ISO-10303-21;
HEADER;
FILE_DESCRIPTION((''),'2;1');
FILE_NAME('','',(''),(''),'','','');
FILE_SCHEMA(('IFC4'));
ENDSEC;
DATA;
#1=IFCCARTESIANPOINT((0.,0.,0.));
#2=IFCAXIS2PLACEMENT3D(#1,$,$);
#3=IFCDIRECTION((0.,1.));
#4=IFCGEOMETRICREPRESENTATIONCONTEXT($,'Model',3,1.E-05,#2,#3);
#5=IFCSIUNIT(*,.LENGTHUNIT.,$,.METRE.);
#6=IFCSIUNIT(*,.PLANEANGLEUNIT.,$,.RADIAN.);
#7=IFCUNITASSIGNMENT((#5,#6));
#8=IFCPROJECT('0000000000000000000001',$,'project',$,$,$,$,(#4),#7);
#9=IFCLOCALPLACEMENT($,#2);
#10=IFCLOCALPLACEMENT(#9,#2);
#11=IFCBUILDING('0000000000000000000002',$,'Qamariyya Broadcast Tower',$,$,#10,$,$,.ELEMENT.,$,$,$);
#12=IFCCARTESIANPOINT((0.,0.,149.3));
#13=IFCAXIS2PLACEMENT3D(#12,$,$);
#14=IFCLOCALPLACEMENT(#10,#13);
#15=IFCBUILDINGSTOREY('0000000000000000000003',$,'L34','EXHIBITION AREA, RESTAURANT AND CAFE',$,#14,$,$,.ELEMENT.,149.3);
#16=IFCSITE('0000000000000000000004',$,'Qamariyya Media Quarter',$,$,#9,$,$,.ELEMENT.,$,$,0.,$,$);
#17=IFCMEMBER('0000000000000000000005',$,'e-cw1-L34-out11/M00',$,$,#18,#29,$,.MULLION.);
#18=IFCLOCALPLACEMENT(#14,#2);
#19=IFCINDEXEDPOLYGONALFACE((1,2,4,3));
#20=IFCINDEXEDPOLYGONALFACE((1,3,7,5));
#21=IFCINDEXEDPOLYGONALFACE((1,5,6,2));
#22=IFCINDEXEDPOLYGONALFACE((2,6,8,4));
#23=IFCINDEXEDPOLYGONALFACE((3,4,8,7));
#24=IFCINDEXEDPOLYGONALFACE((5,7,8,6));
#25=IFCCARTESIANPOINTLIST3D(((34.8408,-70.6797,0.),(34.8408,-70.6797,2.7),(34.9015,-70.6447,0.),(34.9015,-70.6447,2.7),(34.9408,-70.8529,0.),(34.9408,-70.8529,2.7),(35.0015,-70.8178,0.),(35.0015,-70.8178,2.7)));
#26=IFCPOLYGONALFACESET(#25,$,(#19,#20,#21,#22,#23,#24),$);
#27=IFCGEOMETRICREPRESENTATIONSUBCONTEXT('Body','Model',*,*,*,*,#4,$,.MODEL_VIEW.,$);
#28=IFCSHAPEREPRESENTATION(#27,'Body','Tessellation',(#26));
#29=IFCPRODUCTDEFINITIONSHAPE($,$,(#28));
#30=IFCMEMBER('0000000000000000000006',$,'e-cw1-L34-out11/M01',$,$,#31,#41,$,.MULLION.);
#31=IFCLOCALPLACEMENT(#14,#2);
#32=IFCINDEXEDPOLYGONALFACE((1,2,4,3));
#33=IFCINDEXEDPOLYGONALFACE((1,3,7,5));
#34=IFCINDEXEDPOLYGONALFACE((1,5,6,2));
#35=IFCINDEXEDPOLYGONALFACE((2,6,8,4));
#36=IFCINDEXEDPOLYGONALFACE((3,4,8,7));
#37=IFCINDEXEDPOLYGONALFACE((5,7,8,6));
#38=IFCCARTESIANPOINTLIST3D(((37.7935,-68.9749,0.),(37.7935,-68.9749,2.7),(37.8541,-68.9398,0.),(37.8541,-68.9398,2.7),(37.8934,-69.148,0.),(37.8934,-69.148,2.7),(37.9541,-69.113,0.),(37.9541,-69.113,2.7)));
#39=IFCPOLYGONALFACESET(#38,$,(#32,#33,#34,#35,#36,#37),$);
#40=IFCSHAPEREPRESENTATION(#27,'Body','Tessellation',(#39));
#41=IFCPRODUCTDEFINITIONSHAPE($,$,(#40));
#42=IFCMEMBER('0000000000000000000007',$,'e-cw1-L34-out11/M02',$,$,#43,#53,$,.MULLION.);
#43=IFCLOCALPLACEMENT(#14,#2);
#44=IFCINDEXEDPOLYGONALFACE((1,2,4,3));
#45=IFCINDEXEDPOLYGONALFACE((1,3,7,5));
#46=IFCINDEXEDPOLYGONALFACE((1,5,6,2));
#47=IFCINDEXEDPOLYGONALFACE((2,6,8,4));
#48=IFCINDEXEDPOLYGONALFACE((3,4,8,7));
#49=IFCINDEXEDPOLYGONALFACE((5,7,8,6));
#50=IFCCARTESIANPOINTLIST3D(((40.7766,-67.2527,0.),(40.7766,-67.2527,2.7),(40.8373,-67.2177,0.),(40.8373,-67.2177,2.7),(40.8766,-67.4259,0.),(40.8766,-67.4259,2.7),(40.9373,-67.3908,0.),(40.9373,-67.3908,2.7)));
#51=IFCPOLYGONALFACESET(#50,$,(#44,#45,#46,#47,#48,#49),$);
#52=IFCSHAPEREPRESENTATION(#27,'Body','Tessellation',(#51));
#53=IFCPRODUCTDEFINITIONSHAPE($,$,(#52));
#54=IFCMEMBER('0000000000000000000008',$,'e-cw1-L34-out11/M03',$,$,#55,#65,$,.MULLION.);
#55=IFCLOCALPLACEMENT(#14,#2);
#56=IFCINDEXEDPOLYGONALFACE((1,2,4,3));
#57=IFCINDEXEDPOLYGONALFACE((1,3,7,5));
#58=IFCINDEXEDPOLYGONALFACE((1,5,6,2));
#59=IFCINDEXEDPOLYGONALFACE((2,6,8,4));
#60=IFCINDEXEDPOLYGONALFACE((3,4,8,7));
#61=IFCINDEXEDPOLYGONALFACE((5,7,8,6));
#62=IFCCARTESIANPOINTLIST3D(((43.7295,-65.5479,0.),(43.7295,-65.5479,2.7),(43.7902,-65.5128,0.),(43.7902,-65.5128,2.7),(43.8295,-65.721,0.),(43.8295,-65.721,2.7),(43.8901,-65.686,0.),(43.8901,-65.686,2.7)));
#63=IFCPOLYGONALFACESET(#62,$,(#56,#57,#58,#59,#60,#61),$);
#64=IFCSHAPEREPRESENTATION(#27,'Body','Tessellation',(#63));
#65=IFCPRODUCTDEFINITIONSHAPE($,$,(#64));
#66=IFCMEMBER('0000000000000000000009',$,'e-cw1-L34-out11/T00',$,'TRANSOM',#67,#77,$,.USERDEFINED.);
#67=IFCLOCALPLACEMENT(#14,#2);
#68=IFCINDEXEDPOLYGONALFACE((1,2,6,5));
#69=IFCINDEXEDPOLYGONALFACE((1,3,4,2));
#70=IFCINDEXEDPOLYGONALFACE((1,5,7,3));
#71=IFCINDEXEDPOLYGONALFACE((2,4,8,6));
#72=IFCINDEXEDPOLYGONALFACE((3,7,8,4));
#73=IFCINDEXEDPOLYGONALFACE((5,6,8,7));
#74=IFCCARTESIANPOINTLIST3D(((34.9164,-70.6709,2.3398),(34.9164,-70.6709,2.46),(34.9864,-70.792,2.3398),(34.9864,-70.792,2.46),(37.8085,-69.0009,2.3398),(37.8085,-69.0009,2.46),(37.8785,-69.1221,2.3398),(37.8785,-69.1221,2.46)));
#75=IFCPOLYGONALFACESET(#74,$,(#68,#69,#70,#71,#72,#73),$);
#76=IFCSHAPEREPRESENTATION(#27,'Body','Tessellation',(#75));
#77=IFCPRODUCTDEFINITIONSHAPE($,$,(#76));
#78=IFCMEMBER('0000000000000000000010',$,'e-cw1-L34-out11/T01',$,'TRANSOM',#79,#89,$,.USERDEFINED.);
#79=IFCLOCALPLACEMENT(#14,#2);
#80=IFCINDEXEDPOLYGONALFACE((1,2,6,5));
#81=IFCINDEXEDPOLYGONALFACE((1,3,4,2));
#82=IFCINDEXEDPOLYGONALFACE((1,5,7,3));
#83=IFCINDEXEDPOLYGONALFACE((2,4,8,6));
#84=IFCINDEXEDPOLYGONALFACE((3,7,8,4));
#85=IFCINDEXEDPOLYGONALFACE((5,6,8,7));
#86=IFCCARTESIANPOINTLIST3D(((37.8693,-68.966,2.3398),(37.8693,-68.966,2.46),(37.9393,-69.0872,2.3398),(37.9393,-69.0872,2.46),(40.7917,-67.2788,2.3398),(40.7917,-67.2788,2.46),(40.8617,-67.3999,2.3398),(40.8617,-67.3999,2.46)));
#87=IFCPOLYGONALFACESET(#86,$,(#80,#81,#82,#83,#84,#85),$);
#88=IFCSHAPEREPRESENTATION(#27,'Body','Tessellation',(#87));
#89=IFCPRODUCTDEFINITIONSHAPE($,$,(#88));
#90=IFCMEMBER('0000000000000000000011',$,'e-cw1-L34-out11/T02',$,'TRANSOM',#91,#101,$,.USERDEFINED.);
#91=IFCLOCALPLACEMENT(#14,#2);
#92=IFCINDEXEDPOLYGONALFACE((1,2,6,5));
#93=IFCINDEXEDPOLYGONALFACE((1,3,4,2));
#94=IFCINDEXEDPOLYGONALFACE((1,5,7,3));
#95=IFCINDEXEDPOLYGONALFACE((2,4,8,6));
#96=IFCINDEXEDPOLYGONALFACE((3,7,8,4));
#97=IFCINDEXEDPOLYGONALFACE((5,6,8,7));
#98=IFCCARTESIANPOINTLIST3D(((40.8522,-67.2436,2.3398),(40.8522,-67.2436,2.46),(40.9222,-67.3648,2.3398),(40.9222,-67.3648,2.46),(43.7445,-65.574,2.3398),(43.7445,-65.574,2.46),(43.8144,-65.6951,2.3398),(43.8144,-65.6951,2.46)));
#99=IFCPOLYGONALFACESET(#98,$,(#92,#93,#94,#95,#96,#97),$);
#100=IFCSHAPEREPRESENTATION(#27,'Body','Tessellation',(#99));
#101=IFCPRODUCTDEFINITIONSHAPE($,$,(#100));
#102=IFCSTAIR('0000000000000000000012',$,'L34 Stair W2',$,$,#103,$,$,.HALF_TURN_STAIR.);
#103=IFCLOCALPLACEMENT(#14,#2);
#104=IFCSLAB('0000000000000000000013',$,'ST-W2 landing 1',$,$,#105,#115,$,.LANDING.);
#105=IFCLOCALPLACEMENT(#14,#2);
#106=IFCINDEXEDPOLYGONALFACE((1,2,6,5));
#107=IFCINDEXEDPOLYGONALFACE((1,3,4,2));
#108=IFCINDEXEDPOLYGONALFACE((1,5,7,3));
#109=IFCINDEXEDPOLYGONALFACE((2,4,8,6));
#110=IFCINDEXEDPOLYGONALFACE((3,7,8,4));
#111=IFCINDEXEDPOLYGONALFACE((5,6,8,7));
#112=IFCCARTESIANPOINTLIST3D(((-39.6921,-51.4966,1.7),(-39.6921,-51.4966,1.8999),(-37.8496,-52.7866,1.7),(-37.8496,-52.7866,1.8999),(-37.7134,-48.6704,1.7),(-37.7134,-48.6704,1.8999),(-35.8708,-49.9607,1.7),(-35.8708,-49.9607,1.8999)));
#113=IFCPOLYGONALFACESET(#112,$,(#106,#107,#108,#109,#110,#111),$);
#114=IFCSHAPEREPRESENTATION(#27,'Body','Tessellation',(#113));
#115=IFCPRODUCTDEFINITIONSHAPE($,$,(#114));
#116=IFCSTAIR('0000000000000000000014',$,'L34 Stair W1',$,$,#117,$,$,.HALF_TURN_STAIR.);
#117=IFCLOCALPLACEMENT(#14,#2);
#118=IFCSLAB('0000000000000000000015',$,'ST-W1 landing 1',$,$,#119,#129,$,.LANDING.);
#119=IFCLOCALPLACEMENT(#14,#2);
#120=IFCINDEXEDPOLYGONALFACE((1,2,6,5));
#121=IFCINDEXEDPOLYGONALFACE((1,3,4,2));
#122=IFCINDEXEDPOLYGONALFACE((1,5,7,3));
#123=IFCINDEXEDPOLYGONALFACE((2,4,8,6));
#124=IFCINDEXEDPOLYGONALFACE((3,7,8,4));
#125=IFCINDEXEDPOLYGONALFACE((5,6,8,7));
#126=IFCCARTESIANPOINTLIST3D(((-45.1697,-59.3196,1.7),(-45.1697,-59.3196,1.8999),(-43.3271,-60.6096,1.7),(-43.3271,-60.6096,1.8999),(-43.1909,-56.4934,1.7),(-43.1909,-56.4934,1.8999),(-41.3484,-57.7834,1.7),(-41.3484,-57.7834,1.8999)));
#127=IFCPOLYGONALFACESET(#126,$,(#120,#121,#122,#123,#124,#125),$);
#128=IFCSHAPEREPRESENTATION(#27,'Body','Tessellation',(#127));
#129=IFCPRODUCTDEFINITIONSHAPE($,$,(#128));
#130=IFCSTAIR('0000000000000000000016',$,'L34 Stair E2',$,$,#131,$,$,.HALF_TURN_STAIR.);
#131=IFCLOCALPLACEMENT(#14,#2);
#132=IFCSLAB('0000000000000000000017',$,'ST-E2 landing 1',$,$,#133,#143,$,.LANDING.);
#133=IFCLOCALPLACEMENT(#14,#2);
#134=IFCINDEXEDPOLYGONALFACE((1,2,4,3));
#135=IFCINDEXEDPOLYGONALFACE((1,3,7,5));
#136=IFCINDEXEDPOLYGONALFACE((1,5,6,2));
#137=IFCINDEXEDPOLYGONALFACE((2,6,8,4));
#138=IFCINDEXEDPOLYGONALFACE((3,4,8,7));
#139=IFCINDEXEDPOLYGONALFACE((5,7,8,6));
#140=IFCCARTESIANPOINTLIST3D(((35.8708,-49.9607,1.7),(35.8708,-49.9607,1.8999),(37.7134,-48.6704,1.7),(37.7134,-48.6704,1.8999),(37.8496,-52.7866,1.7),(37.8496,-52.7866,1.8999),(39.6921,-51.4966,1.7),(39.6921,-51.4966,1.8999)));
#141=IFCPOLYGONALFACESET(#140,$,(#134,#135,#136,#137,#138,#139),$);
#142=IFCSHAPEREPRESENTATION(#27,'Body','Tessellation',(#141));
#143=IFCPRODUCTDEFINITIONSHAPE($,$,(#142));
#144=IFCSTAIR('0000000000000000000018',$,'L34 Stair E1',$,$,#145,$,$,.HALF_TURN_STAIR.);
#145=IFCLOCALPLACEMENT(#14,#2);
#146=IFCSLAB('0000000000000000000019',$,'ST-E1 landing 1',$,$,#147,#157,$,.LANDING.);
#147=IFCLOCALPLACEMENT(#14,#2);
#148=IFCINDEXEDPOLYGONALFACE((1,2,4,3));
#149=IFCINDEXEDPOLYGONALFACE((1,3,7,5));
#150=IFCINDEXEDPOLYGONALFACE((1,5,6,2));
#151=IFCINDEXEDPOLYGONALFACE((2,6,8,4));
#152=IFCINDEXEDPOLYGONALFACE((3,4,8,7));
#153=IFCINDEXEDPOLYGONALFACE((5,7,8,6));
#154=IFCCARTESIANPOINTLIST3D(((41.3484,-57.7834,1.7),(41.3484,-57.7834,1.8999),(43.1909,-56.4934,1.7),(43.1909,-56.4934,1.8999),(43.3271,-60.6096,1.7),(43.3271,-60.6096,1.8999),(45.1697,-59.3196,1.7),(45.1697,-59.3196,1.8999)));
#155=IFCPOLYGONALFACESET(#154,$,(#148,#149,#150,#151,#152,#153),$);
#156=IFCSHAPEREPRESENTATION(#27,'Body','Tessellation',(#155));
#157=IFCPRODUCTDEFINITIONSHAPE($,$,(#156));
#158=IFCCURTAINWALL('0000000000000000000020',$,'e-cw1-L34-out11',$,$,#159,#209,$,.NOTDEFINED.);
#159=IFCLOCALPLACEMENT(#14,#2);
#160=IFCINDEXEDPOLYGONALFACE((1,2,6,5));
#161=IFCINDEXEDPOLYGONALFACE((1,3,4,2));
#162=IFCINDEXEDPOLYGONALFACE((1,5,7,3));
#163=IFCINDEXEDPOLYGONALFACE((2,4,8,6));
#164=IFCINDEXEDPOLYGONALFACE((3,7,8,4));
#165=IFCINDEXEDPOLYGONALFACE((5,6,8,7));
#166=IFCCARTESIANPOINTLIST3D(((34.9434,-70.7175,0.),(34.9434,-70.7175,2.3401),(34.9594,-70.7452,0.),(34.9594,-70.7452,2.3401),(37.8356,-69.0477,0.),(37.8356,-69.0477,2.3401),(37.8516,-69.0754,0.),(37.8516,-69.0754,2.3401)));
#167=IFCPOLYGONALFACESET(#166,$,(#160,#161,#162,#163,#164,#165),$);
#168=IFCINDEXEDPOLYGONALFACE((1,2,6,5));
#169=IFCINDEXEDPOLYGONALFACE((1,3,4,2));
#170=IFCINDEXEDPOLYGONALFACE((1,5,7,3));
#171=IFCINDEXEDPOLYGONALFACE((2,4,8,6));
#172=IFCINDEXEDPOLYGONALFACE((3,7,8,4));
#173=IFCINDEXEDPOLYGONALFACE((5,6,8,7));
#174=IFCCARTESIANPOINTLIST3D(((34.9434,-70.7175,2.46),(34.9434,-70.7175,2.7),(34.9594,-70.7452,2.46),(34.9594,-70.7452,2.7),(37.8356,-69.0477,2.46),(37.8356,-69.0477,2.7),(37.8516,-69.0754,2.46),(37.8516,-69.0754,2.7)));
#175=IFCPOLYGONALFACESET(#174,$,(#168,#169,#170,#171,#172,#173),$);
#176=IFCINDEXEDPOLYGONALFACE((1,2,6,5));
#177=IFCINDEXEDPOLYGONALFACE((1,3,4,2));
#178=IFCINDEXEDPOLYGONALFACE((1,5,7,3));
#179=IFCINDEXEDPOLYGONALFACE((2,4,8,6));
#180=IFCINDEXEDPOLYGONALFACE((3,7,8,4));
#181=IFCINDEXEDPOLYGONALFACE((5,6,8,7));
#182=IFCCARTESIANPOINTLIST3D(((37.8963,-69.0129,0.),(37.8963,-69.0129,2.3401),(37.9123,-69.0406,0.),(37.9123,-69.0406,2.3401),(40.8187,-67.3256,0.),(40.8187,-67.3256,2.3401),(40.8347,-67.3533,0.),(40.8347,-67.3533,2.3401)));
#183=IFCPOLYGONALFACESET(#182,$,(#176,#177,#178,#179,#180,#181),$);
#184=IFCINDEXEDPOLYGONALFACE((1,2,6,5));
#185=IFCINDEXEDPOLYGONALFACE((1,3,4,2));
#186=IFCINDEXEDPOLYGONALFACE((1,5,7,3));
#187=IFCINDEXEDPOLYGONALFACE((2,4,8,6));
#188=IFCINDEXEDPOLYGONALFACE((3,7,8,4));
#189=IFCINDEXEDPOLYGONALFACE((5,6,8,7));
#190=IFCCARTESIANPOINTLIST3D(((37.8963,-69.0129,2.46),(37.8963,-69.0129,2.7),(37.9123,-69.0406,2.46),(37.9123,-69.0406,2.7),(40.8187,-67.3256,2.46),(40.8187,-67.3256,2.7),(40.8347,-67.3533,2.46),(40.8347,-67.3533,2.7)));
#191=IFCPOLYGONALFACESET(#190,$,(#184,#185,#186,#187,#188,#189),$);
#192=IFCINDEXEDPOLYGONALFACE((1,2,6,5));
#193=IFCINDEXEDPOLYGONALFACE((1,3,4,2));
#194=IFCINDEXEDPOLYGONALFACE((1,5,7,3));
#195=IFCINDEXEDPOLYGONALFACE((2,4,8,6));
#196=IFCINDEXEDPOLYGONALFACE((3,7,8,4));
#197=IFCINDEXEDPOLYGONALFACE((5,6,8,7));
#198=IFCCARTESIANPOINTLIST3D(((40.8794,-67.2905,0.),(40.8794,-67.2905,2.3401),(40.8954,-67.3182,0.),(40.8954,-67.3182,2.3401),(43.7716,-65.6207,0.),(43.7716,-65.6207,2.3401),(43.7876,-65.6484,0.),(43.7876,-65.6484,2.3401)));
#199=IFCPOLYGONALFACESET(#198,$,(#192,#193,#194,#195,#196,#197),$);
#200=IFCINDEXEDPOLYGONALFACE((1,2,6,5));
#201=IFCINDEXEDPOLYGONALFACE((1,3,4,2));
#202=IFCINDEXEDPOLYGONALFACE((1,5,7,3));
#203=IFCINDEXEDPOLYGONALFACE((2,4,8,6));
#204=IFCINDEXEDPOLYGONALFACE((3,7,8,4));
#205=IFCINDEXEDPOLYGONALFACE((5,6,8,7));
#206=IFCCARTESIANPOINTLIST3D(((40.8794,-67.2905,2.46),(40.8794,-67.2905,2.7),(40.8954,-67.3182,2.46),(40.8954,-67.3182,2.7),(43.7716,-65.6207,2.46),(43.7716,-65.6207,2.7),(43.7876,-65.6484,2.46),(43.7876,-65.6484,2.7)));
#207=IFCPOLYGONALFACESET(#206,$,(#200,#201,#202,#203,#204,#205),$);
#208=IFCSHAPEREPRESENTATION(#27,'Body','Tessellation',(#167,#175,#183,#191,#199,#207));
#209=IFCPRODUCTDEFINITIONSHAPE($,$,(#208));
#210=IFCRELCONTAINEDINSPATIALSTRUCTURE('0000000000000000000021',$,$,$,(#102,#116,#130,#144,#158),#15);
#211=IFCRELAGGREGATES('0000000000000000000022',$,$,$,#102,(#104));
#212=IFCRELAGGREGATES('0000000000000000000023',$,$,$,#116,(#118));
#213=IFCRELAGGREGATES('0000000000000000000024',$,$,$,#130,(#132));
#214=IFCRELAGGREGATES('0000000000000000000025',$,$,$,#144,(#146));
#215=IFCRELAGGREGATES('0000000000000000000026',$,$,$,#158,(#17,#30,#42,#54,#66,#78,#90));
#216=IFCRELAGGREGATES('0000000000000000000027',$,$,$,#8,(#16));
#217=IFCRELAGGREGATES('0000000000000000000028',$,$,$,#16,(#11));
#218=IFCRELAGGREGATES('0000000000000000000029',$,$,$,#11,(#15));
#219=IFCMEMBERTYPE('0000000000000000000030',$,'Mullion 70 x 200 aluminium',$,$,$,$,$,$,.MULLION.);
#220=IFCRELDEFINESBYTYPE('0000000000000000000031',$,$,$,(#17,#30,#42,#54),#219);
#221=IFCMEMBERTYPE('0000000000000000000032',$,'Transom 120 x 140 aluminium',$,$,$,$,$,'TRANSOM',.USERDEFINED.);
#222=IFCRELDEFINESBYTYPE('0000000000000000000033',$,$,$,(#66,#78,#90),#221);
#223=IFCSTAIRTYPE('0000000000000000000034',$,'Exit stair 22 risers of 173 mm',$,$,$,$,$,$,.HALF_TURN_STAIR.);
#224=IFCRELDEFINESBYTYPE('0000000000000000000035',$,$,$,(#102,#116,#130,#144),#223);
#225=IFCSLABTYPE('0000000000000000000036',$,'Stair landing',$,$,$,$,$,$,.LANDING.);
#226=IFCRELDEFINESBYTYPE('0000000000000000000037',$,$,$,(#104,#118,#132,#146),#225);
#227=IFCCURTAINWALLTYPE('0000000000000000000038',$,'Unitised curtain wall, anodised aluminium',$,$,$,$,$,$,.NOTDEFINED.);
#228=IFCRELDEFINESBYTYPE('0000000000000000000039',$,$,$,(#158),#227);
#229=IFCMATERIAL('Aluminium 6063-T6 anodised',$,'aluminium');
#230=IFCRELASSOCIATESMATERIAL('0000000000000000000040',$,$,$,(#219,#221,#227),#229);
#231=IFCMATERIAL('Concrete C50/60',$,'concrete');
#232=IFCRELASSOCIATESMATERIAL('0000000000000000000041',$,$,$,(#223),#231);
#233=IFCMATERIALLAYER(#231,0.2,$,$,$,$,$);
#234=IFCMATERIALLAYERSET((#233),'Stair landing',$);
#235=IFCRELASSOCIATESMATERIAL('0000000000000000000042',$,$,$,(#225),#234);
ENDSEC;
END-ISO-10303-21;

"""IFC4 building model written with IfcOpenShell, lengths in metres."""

from ifc_helpers import new_model, si_unit, direction, frame, origin, origin_2d, place, context, subcontext, project, spatial, polyline, rectangle, outline, extrude, material, layer, layer_set, material_profile, profile_set, type_object, element, aggregate, save


model = new_model("IFC4")

# Units and contexts
model_context = context("Model", 3, precision=1e-05, world=origin(), true_north=direction((0.0, 1.0)))
body_context = subcontext(model_context, "Body", "Model", "MODEL_VIEW")
ifc_project = project(units=[si_unit("LENGTHUNIT", "METRE"), si_unit("PLANEANGLEUNIT", "RADIAN")], contexts=[model_context])

# Members
ifc_material_1 = material(Name="Aluminium 6063-T6 anodised", Category="aluminium")
ifc_material_profile_1 = material_profile(ifc_material_1, rectangle(XDim=0.2, YDim=0.0701, at=origin_2d()))
ifc_profile_set_1 = profile_set([ifc_material_profile_1], Name="Aluminium 6063-T6 anodised")
member_type_1 = type_object("IfcMemberType", Name="Mullion 70 x 200 aluminium", PredefinedType="MULLION", material=ifc_profile_set_1)
site_placement = place(None, origin())
building_placement = place(site_placement, origin())
storey_placement = place(building_placement, frame((0.0, 0.0, 149.3)))
member_1_placement = place(storey_placement, frame((34.9211, -70.7488, 0.0), z_axis=(0.0, 0.0, 1.0), x_axis=(-0.5, 0.866025, 0.0)))
member_1 = element("IfcMember", 1, at=member_1_placement, type_object=member_type_1, Name="e-cw1-L34-out11/M00", PredefinedType="MULLION", context=body_context, shape_type="SweptSolid", body=[
    extrude(rectangle(XDim=0.2, YDim=0.0701, at=origin_2d()), origin(), (0.0, 0.0, 1.0), 2.7),
])
member_2_placement = place(storey_placement, frame((37.8738, -69.0439, 0.0), z_axis=(0.0, 0.0, 1.0), x_axis=(-0.5, 0.866025, 0.0)))
member_2 = element("IfcMember", 2, at=member_2_placement, type_object=member_type_1, Name="e-cw1-L34-out11/M01", PredefinedType="MULLION", context=body_context, shape_type="SweptSolid", body=[
    extrude(rectangle(XDim=0.2, YDim=0.0701, at=origin_2d()), origin(), (0.0, 0.0, 1.0), 2.7),
])
member_3_placement = place(storey_placement, frame((40.8569, -67.3218, 0.0), z_axis=(0.0, 0.0, 1.0), x_axis=(-0.5, 0.866025, 0.0)))
member_3 = element("IfcMember", 3, at=member_3_placement, type_object=member_type_1, Name="e-cw1-L34-out11/M02", PredefinedType="MULLION", context=body_context, shape_type="SweptSolid", body=[
    extrude(rectangle(XDim=0.2, YDim=0.0701, at=origin_2d()), origin(), (0.0, 0.0, 1.0), 2.7),
])
member_4_placement = place(storey_placement, frame((43.8098, -65.6169, 0.0), z_axis=(0.0, 0.0, 1.0), x_axis=(-0.5, 0.866025, 0.0)))
member_4 = element("IfcMember", 4, at=member_4_placement, type_object=member_type_1, Name="e-cw1-L34-out11/M03", PredefinedType="MULLION", context=body_context, shape_type="SweptSolid", body=[
    extrude(rectangle(XDim=0.2, YDim=0.0701, at=origin_2d()), origin(), (0.0, 0.0, 1.0), 2.7),
])
ifc_material_profile_2 = material_profile(ifc_material_1, rectangle(XDim=0.1399, YDim=0.1201, at=origin_2d()))
ifc_profile_set_2 = profile_set([ifc_material_profile_2], Name="Aluminium 6063-T6 anodised")
member_type_2 = type_object("IfcMemberType", Name="Transom 120 x 140 aluminium", ElementType="TRANSOM", PredefinedType="USERDEFINED", material=ifc_profile_set_2)
member_5_placement = place(storey_placement, frame((34.9514, -70.7314, 2.3999), z_axis=(0.866003, 0.500039, 0.0), x_axis=(-0.500039, 0.866003, 0.0)))
member_5 = element("IfcMember", 5, at=member_5_placement, type_object=member_type_2, Name="e-cw1-L34-out11/T00", ObjectType="TRANSOM", PredefinedType="USERDEFINED", context=body_context, shape_type="SweptSolid", body=[
    extrude(rectangle(XDim=0.1399, YDim=0.1201, at=origin_2d()), origin(), (0.0, 0.0, 1.0), 3.3396),
])
member_6_placement = place(storey_placement, frame((37.9043, -69.0266, 2.3999), z_axis=(0.866022, 0.500006, 0.0), x_axis=(-0.500006, 0.866022, 0.0)))
member_6 = element("IfcMember", 6, at=member_6_placement, type_object=member_type_2, Name="e-cw1-L34-out11/T01", ObjectType="TRANSOM", PredefinedType="USERDEFINED", context=body_context, shape_type="SweptSolid", body=[
    extrude(rectangle(XDim=0.1399, YDim=0.1201, at=origin_2d()), origin(), (0.0, 0.0, 1.0), 3.3745),
])
member_7_placement = place(storey_placement, frame((40.8872, -67.3042, 2.3999), z_axis=(0.866053, 0.499952, 0.0), x_axis=(-0.499952, 0.866053, 0.0)))
member_7 = element("IfcMember", 7, at=member_7_placement, type_object=member_type_2, Name="e-cw1-L34-out11/T02", ObjectType="TRANSOM", PredefinedType="USERDEFINED", context=body_context, shape_type="SweptSolid", body=[
    extrude(rectangle(XDim=0.1399, YDim=0.1201, at=origin_2d()), origin(), (0.0, 0.0, 1.0), 3.3396),
])

# Site, building, storey
site = spatial("IfcSite", under=ifc_project, at=site_placement, Name="Qamariyya Media Quarter", CompositionType="ELEMENT", RefElevation=0.0)
building = spatial("IfcBuilding", under=site, at=building_placement, Name="Qamariyya Broadcast Tower", CompositionType="ELEMENT")
storey = spatial("IfcBuildingStorey", under=building, at=storey_placement, Name="L34", Description="EXHIBITION AREA, RESTAURANT AND CAFE", CompositionType="ELEMENT", Elevation=149.3)

# Stairs, slabs
ifc_material_2 = material(Name="Concrete C50/60", Category="concrete")
stair_type = type_object("IfcStairType", Name="Exit stair 22 risers of 173 mm", PredefinedType="HALF_TURN_STAIR", material=ifc_material_2)
stair_1_placement = place(storey_placement, origin())
stair_1 = element("IfcStair", 8, at=stair_1_placement, inside=storey, type_object=stair_type, Name="L34 Stair W2", PredefinedType="HALF_TURN_STAIR")
ifc_layer = layer(ifc_material_2, 0.2)
ifc_layer_set = layer_set([ifc_layer], Name="Stair landing")
slab_type = type_object("IfcSlabType", Name="Stair landing", PredefinedType="LANDING", material=ifc_layer_set)
slab_1_placement = place(storey_placement, frame((0.0, 0.0, 1.7)))
slab_1 = element("IfcSlab", 9, at=slab_1_placement, type_object=slab_type, Name="ST-W2 landing 1", PredefinedType="LANDING", context=body_context, shape_type="SweptSolid", body=[
    extrude(outline(polyline([(-39.6921, -51.4966), (-37.8496, -52.7866), (-35.8708, -49.9607), (-37.7134, -48.6704), (-39.6921, -51.4966)])), origin(), (0.0, 0.0, 1.0), 0.2),
])
aggregate(stair_1, [slab_1])
stair_2_placement = place(storey_placement, origin())
stair_2 = element("IfcStair", 10, at=stair_2_placement, inside=storey, type_object=stair_type, Name="L34 Stair W1", PredefinedType="HALF_TURN_STAIR")
slab_2_placement = place(storey_placement, frame((0.0, 0.0, 1.7)))
slab_2 = element("IfcSlab", 11, at=slab_2_placement, type_object=slab_type, Name="ST-W1 landing 1", PredefinedType="LANDING", context=body_context, shape_type="SweptSolid", body=[
    extrude(outline(polyline([(-45.1697, -59.3196), (-43.3271, -60.6096), (-41.3484, -57.7834), (-43.1909, -56.4934), (-45.1697, -59.3196)])), origin(), (0.0, 0.0, 1.0), 0.2),
])
aggregate(stair_2, [slab_2])
stair_3_placement = place(storey_placement, origin())
stair_3 = element("IfcStair", 12, at=stair_3_placement, inside=storey, type_object=stair_type, Name="L34 Stair E2", PredefinedType="HALF_TURN_STAIR")
slab_3_placement = place(storey_placement, frame((0.0, 0.0, 1.7)))
slab_3 = element("IfcSlab", 13, at=slab_3_placement, type_object=slab_type, Name="ST-E2 landing 1", PredefinedType="LANDING", context=body_context, shape_type="SweptSolid", body=[
    extrude(outline(polyline([(37.7134, -48.6704), (35.8708, -49.9607), (37.8496, -52.7866), (39.6921, -51.4966), (37.7134, -48.6704)])), origin(), (0.0, 0.0, 1.0), 0.2),
])
aggregate(stair_3, [slab_3])
stair_4_placement = place(storey_placement, origin())
stair_4 = element("IfcStair", 14, at=stair_4_placement, inside=storey, type_object=stair_type, Name="L34 Stair E1", PredefinedType="HALF_TURN_STAIR")
slab_4_placement = place(storey_placement, frame((0.0, 0.0, 1.7)))
slab_4 = element("IfcSlab", 15, at=slab_4_placement, type_object=slab_type, Name="ST-E1 landing 1", PredefinedType="LANDING", context=body_context, shape_type="SweptSolid", body=[
    extrude(outline(polyline([(43.1909, -56.4934), (41.3484, -57.7834), (43.3271, -60.6096), (45.1697, -59.3196), (43.1909, -56.4934)])), origin(), (0.0, 0.0, 1.0), 0.2),
])
aggregate(stair_4, [slab_4])

# Curtain wall
curtain_wall_type = type_object("IfcCurtainWallType", Name="Unitised curtain wall, anodised aluminium", PredefinedType="NOTDEFINED", material=ifc_material_1)
curtain_wall_placement = place(storey_placement, origin())
curtain_wall = element("IfcCurtainWall", 16, at=curtain_wall_placement, inside=storey, type_object=curtain_wall_type, Name="e-cw1-L34-out11", PredefinedType="NOTDEFINED", context=body_context, shape_type="SweptSolid", body=[
    extrude(rectangle(XDim=3.3396, YDim=0.032, at=origin_2d()), frame((36.3975, -69.8965, 0.0), x_axis=(0.866029, 0.499994, 0.0)), (0.0, 0.0, 1.0), 2.3401),
    extrude(rectangle(XDim=3.3396, YDim=0.032, at=origin_2d()), frame((36.3975, -69.8965, 2.46), x_axis=(0.866029, 0.499994, 0.0)), (0.0, 0.0, 1.0), 0.24),
    extrude(rectangle(XDim=3.3745, YDim=0.032, at=origin_2d()), frame((39.3655, -68.1831, 0.0), x_axis=(0.866029, 0.499994, 0.0)), (0.0, 0.0, 1.0), 2.3401),
    extrude(rectangle(XDim=3.3745, YDim=0.032, at=origin_2d()), frame((39.3655, -68.1831, 2.46), x_axis=(0.866029, 0.499994, 0.0)), (0.0, 0.0, 1.0), 0.24),
    extrude(rectangle(XDim=3.3396, YDim=0.032, at=origin_2d()), frame((42.3335, -66.4695, 0.0), x_axis=(0.866029, 0.499994, 0.0)), (0.0, 0.0, 1.0), 2.3401),
    extrude(rectangle(XDim=3.3396, YDim=0.032, at=origin_2d()), frame((42.3335, -66.4695, 2.46), x_axis=(0.866029, 0.499994, 0.0)), (0.0, 0.0, 1.0), 0.24),
])
aggregate(curtain_wall, [member_1, member_2, member_3, member_4, member_5, member_6, member_7])

save(model, "model.ifc")
